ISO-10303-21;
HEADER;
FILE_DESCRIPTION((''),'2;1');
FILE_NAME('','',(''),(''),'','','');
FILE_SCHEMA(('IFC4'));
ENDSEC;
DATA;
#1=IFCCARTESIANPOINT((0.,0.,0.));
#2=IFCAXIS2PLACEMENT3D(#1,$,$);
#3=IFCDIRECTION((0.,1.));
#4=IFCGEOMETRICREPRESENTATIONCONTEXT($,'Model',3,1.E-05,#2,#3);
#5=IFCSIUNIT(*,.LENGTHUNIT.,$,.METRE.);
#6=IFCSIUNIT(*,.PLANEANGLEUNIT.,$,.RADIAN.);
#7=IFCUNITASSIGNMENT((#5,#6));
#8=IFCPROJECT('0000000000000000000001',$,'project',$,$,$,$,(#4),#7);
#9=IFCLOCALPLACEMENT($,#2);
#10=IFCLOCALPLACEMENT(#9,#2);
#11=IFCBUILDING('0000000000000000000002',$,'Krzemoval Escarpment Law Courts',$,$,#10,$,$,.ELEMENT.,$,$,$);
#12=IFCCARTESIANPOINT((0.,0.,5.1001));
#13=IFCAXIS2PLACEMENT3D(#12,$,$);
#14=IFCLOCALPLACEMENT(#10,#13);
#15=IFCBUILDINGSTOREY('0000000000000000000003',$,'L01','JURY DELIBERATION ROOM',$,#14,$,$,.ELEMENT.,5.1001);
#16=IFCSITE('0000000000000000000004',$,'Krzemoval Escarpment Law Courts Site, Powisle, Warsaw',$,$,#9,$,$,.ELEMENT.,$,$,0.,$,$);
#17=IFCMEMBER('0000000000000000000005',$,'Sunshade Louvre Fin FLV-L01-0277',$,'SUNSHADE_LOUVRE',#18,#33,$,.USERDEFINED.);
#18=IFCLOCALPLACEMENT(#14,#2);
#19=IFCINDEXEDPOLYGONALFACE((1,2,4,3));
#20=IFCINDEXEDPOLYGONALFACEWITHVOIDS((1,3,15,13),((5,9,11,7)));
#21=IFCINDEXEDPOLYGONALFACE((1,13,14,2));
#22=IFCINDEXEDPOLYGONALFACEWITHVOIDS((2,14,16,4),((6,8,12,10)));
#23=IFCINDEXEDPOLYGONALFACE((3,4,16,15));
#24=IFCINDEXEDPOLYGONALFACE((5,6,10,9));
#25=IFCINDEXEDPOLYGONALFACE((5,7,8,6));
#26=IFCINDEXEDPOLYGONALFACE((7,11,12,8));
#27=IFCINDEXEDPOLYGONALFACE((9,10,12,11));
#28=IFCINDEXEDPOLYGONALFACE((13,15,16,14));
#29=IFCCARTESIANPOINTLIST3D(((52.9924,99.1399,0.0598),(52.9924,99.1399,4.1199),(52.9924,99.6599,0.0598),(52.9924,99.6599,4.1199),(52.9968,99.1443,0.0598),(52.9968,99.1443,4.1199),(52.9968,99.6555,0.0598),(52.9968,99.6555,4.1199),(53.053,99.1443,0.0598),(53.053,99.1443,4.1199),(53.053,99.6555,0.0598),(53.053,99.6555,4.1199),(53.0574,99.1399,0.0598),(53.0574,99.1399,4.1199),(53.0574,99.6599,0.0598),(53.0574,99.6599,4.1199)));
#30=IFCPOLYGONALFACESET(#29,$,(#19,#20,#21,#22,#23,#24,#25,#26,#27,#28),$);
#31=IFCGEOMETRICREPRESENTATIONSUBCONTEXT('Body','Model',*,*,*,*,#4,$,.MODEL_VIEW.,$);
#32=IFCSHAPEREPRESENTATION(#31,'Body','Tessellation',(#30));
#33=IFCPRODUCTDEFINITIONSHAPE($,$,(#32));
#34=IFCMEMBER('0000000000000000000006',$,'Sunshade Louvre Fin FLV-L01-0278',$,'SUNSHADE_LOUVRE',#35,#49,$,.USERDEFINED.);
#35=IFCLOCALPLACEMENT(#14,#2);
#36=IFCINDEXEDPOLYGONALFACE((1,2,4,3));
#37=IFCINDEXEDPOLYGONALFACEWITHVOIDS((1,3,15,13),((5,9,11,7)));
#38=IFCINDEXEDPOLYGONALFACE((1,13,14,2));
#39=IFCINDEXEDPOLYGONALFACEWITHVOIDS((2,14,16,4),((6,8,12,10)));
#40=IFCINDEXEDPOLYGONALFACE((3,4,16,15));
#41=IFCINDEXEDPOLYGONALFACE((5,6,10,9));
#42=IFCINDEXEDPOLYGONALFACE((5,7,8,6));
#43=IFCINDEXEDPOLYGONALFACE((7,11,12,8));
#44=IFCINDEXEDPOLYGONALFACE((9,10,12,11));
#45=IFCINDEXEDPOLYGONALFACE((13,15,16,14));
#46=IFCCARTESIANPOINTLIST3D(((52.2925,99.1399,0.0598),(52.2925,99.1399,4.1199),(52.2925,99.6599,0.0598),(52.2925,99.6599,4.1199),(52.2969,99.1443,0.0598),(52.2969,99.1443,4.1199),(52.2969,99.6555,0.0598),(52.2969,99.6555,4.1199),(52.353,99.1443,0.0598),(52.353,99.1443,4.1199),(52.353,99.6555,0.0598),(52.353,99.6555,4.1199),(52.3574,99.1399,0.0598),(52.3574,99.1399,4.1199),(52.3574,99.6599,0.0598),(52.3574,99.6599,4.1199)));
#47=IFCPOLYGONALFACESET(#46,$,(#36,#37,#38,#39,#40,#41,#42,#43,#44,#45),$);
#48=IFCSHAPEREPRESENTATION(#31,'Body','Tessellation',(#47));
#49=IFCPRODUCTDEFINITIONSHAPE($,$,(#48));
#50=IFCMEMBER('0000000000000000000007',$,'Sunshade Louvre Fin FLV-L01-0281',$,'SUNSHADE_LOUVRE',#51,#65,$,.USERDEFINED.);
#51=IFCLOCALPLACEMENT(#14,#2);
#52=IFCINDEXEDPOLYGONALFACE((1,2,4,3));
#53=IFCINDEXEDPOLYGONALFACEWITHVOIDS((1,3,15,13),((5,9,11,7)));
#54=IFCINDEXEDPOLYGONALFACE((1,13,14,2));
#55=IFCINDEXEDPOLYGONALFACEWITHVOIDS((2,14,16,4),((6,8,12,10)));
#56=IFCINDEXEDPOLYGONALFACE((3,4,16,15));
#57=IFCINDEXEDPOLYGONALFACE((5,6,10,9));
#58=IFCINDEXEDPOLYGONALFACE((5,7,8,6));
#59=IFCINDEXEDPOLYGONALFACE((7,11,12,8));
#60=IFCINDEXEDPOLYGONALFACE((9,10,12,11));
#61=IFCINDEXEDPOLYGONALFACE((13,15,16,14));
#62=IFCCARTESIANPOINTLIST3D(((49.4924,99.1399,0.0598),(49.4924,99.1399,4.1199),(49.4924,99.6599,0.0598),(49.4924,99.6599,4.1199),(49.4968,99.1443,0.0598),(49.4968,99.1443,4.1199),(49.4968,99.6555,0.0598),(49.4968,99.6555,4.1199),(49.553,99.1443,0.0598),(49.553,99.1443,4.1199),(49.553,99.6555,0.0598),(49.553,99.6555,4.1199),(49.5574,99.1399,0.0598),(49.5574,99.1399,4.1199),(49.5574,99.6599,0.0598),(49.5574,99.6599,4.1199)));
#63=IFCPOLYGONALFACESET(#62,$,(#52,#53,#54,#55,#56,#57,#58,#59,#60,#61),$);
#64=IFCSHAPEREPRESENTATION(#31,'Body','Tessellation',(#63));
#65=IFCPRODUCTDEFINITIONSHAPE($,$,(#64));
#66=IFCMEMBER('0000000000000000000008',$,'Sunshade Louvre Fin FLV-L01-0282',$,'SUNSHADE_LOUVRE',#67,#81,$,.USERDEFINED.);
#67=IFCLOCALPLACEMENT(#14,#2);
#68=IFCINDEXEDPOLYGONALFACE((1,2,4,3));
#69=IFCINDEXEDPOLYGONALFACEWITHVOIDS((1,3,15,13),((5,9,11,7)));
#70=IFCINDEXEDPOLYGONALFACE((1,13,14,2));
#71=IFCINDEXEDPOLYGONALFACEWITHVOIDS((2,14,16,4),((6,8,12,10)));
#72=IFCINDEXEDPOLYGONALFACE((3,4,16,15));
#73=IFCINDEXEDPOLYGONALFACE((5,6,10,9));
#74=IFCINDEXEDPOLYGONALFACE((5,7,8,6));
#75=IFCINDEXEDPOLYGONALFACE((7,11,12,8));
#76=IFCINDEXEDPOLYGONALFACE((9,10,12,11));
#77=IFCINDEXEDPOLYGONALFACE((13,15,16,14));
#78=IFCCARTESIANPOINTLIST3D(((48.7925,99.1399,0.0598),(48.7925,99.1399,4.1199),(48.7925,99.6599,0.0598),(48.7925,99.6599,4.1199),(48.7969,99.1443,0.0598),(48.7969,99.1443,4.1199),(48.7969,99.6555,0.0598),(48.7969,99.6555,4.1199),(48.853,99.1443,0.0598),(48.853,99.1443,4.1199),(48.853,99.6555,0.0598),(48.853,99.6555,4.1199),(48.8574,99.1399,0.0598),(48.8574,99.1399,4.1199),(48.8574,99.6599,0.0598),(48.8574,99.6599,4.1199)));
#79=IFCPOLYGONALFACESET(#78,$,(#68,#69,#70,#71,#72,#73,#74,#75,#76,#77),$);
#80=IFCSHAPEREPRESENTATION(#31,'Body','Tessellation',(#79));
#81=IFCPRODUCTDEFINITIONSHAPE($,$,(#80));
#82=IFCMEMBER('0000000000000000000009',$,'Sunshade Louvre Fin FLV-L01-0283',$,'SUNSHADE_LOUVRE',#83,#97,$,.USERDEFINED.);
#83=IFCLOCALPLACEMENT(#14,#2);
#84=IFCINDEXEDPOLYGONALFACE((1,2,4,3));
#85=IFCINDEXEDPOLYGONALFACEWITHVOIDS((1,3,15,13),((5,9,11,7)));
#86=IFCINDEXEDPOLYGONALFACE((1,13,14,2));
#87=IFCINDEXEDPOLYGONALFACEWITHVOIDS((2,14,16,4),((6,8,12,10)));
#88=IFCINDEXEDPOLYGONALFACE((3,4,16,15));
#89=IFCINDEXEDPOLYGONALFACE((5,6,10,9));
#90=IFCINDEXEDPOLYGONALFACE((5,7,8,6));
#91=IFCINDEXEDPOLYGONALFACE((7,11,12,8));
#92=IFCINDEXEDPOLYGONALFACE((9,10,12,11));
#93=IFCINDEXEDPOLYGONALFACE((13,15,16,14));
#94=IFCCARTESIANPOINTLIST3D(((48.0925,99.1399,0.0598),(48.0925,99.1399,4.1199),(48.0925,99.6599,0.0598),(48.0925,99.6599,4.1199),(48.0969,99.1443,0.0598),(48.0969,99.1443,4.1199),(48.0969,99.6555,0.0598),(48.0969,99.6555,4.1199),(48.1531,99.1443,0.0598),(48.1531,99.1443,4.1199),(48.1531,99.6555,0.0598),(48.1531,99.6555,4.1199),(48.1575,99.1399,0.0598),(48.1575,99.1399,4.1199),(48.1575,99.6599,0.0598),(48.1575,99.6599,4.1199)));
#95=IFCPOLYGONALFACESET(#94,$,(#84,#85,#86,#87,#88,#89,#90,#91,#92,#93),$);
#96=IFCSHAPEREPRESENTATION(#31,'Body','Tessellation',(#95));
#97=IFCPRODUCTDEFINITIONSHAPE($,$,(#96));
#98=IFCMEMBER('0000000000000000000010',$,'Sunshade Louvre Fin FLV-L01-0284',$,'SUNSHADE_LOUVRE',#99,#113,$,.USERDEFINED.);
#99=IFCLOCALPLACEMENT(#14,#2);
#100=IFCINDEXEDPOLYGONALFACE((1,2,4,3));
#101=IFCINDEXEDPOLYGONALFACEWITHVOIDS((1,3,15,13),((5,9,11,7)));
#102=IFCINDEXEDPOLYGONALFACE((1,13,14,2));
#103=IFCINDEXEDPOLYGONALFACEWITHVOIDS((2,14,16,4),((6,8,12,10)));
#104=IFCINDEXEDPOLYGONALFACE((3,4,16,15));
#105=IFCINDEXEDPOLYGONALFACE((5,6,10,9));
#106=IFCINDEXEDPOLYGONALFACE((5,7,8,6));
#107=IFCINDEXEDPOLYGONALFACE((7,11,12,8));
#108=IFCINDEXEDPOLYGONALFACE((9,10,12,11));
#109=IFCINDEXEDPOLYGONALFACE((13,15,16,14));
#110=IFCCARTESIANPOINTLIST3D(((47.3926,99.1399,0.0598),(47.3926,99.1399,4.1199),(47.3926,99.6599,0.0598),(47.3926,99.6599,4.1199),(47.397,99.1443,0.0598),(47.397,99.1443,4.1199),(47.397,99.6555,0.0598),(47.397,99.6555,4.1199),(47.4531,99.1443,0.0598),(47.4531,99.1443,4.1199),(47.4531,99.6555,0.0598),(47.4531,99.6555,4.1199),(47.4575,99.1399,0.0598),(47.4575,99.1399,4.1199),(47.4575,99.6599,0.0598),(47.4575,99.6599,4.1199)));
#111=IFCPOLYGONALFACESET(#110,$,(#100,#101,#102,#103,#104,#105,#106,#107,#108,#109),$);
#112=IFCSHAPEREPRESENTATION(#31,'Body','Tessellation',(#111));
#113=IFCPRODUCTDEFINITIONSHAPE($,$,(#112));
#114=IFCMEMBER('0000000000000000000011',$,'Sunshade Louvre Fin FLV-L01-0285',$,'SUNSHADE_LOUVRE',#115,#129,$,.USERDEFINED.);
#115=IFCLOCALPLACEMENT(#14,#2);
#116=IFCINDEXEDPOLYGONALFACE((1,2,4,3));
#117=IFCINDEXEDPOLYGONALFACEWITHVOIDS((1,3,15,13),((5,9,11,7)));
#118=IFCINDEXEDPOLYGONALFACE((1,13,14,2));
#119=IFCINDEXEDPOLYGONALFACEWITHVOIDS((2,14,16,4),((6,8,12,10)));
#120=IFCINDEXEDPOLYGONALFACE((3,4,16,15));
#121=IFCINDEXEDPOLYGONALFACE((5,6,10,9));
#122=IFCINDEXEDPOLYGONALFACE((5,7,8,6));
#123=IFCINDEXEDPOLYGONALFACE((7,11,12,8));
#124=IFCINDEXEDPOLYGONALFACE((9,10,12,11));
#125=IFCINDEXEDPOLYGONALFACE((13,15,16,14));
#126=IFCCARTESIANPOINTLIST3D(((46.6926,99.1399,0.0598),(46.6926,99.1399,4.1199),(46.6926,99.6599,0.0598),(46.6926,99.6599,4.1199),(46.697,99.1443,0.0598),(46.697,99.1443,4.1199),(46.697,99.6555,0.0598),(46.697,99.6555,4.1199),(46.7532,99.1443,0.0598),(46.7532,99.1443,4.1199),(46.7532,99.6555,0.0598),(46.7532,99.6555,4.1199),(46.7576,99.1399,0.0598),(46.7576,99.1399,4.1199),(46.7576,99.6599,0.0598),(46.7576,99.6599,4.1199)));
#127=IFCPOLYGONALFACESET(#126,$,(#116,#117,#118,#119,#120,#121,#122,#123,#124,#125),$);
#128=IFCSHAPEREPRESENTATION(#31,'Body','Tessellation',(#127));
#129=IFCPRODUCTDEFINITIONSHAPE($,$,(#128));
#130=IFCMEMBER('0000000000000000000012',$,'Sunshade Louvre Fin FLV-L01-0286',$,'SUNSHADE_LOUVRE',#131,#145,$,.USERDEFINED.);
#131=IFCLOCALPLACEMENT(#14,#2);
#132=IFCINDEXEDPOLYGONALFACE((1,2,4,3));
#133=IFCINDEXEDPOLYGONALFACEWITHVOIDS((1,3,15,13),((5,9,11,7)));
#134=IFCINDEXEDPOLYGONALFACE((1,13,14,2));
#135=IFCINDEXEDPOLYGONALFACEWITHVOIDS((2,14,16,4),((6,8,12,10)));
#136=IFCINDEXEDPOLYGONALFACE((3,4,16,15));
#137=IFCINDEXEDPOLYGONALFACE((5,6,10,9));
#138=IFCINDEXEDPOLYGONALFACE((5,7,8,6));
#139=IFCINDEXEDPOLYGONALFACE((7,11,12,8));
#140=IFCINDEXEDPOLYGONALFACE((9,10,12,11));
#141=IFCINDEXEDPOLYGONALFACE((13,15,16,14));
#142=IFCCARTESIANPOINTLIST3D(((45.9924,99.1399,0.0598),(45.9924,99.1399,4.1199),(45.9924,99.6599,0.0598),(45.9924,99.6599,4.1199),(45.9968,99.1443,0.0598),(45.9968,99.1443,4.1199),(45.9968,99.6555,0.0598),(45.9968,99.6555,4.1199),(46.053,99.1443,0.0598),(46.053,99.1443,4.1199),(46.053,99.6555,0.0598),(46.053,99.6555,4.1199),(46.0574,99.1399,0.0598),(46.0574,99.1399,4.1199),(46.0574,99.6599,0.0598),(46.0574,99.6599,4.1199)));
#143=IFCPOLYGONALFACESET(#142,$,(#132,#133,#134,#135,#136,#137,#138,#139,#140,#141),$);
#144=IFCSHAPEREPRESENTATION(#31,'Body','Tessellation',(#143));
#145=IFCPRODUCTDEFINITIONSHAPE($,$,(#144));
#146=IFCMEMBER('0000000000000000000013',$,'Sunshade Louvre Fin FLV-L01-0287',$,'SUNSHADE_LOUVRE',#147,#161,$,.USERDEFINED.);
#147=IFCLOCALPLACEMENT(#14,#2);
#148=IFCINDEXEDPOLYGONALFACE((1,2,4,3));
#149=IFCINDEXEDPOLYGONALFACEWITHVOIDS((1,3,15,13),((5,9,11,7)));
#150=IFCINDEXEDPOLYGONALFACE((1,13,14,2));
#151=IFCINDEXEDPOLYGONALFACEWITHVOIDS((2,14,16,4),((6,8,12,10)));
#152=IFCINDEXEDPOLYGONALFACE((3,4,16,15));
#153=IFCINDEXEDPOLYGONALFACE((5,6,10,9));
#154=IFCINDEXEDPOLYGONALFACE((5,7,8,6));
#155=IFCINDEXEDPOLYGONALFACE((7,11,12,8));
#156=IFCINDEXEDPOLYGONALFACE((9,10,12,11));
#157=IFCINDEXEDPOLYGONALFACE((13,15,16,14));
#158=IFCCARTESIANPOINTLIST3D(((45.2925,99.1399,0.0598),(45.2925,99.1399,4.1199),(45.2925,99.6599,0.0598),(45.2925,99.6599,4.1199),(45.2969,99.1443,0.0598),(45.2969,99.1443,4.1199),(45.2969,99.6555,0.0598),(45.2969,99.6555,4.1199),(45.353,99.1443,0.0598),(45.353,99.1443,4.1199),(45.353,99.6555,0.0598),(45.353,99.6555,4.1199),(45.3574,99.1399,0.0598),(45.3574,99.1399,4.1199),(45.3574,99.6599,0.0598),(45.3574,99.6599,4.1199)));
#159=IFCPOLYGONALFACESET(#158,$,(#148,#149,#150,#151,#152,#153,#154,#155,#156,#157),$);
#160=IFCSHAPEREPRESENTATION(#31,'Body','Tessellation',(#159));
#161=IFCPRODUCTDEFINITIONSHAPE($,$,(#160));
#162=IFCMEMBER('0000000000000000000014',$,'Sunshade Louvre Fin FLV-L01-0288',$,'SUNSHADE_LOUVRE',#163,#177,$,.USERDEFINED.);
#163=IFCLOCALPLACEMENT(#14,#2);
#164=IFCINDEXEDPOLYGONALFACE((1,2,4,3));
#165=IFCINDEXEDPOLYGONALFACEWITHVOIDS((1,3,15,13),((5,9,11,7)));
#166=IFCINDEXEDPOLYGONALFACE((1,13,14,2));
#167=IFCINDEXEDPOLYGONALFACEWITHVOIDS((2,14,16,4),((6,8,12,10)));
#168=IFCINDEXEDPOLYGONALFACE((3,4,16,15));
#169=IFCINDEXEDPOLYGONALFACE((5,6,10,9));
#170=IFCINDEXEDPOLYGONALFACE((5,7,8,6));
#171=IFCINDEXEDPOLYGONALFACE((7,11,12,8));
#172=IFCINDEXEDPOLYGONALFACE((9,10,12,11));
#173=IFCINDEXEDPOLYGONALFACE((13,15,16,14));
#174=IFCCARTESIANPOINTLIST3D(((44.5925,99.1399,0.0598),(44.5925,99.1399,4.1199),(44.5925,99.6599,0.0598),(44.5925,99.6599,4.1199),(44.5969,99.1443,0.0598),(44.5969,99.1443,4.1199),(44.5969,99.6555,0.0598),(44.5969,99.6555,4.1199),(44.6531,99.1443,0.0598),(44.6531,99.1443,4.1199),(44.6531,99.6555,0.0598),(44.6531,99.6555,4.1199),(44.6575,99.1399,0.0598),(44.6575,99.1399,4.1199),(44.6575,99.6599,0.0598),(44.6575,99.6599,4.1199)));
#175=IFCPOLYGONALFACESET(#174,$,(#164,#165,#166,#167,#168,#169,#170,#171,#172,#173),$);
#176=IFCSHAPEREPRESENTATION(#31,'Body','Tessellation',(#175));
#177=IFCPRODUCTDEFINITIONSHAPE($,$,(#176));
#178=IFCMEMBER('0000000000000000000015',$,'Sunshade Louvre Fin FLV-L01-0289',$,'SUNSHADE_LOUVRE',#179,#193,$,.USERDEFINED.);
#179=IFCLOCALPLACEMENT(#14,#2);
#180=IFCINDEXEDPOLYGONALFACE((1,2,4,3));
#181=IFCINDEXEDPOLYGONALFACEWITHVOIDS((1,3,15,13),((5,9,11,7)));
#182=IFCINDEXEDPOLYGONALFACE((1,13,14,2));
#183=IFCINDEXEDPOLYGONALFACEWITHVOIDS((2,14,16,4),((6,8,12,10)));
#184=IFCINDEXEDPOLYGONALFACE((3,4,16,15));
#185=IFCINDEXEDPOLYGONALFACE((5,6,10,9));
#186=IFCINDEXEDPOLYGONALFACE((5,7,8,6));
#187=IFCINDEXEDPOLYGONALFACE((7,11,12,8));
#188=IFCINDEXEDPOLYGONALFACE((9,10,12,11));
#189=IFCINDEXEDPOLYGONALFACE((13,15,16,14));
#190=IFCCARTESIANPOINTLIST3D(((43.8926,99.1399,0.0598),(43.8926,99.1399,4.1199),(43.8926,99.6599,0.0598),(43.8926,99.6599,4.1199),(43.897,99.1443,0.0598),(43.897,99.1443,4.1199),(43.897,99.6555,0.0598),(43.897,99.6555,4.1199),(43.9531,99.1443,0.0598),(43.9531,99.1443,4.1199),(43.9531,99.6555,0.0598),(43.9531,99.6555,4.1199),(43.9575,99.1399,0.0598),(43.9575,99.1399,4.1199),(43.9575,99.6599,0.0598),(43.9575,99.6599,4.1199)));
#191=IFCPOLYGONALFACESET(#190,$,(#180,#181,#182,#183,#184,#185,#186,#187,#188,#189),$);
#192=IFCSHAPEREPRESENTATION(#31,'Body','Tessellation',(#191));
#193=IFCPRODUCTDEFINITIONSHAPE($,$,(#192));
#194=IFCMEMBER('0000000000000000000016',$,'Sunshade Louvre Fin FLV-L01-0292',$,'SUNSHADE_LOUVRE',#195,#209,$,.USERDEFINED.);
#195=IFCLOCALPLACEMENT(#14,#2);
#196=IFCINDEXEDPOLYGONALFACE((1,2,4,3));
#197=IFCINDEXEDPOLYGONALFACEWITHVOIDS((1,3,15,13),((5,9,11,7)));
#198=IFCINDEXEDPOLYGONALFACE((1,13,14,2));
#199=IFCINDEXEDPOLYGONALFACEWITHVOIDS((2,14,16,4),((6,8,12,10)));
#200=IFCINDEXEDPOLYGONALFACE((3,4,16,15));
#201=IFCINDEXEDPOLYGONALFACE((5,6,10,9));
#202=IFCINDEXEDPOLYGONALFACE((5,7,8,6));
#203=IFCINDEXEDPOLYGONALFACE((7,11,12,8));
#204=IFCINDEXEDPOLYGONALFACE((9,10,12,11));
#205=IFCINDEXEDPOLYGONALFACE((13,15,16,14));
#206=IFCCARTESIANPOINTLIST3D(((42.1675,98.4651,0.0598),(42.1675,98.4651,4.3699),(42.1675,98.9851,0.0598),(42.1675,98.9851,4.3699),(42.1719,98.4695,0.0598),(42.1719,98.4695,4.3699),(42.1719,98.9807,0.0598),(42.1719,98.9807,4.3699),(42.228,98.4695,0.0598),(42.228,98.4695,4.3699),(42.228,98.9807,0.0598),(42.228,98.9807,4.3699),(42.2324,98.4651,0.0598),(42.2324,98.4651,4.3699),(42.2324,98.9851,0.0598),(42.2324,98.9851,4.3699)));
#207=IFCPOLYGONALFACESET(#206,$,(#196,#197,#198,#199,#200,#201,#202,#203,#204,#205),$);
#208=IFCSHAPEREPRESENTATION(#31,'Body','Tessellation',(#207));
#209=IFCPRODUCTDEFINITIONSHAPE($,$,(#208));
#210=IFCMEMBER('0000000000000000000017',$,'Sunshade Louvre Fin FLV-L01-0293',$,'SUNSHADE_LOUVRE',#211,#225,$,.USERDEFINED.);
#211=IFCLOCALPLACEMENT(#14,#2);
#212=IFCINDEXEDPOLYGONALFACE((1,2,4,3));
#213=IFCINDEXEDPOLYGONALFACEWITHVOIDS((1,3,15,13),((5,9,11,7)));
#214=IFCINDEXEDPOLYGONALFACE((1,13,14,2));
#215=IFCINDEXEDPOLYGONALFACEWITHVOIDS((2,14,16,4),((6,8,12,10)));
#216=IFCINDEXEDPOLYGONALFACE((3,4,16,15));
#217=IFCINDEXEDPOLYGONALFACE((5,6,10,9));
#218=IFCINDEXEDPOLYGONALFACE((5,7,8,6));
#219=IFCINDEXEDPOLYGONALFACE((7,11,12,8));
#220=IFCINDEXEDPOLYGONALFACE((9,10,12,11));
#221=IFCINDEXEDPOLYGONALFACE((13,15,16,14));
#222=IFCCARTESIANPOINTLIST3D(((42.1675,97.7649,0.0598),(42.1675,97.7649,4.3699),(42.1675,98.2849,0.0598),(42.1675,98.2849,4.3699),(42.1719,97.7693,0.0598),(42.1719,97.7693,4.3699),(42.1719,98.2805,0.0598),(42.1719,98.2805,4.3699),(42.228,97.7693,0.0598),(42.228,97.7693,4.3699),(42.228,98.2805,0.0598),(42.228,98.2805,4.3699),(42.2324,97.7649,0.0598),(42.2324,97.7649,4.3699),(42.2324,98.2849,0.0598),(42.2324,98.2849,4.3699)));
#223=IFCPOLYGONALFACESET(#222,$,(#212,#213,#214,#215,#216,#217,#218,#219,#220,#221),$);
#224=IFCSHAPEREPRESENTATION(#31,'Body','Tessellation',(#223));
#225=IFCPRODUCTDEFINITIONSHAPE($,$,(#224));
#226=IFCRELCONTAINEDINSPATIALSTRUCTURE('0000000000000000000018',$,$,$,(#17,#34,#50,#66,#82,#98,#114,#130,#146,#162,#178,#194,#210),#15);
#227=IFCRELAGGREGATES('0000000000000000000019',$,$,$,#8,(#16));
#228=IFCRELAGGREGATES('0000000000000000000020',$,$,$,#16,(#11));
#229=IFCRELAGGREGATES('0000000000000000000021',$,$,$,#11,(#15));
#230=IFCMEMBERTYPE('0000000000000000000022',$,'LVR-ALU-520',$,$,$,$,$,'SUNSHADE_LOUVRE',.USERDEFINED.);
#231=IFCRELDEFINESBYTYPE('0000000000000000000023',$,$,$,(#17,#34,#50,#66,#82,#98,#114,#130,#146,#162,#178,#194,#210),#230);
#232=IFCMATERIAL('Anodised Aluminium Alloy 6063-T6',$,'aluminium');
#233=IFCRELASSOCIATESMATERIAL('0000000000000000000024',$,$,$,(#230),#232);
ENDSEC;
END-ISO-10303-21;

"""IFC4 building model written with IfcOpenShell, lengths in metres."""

from ifc_helpers import new_model, si_unit, direction, frame, origin, origin_2d, place, context, subcontext, project, spatial, hollow_rectangle, extrude, material, material_profile, profile_set, type_object, element, save


model = new_model("IFC4")

# Units and contexts
model_context = context("Model", 3, precision=1e-05, world=origin(), true_north=direction((0.0, 1.0)))
body_context = subcontext(model_context, "Body", "Model", "MODEL_VIEW")
ifc_project = project(units=[si_unit("LENGTHUNIT", "METRE"), si_unit("PLANEANGLEUNIT", "RADIAN")], contexts=[model_context])

# Site, building, storey
site_placement = place(None, origin())
site = spatial("IfcSite", under=ifc_project, at=site_placement, Name="Krzemoval Escarpment Law Courts Site, Powisle, Warsaw", CompositionType="ELEMENT", RefElevation=0.0)
building_placement = place(site_placement, origin())
building = spatial("IfcBuilding", under=site, at=building_placement, Name="Krzemoval Escarpment Law Courts", CompositionType="ELEMENT")
storey_placement = place(building_placement, frame((0.0, 0.0, 5.1001)))
storey = spatial("IfcBuildingStorey", under=building, at=storey_placement, Name="L01", Description="JURY DELIBERATION ROOM", CompositionType="ELEMENT", Elevation=5.1001)

# Members
ifc_material = material(Name="Anodised Aluminium Alloy 6063-T6", Category="aluminium")
ifc_material_profile = material_profile(ifc_material, hollow_rectangle(XDim=0.0649, YDim=0.52, WallThickness=0.0044, at=origin_2d()), Name="ALU LVR 65x520")
ifc_profile_set = profile_set([ifc_material_profile], Name="Anodised Aluminium Alloy 6063-T6")
member_type = type_object("IfcMemberType", Name="LVR-ALU-520", ElementType="SUNSHADE_LOUVRE", PredefinedType="USERDEFINED", material=ifc_profile_set)
for number, where, z_axis, x_axis, name in (
    (1, (53.0249, 99.3999, 0.0598), (0.0, 0.0, 1.0), (1.0, 0.0, 0.0), "Sunshade Louvre Fin FLV-L01-0277"),
    (2, (52.325, 99.3999, 0.0598), (0.0, 0.0, 1.0), (1.0, 0.0, 0.0), "Sunshade Louvre Fin FLV-L01-0278"),
    (3, (49.5249, 99.3999, 0.0598), (0.0, 0.0, 1.0), (1.0, 0.0, 0.0), "Sunshade Louvre Fin FLV-L01-0281"),
    (4, (48.825, 99.3999, 0.0598), (0.0, 0.0, 1.0), (1.0, 0.0, 0.0), "Sunshade Louvre Fin FLV-L01-0282"),
    (5, (48.125, 99.3999, 0.0598), (0.0, 0.0, 1.0), (1.0, 0.0, 0.0), "Sunshade Louvre Fin FLV-L01-0283"),
    (6, (47.425, 99.3999, 0.0598), (0.0, 0.0, 1.0), (1.0, 0.0, 0.0), "Sunshade Louvre Fin FLV-L01-0284"),
    (7, (46.7251, 99.3999, 0.0598), (0.0, 0.0, 1.0), (1.0, 0.0, 0.0), "Sunshade Louvre Fin FLV-L01-0285"),
    (8, (46.0249, 99.3999, 0.0598), (0.0, 0.0, 1.0), (1.0, 0.0, 0.0), "Sunshade Louvre Fin FLV-L01-0286"),
    (9, (45.325, 99.3999, 0.0598), (0.0, 0.0, 1.0), (1.0, 0.0, 0.0), "Sunshade Louvre Fin FLV-L01-0287"),
    (10, (44.625, 99.3999, 0.0598), (0.0, 0.0, 1.0), (1.0, 0.0, 0.0), "Sunshade Louvre Fin FLV-L01-0288"),
    (11, (43.925, 99.3999, 0.0598), (0.0, 0.0, 1.0), (1.0, 0.0, 0.0), "Sunshade Louvre Fin FLV-L01-0289"),
):
    element("IfcMember", number, at=place(storey_placement, frame(where, z_axis=z_axis, x_axis=x_axis)), inside=storey, type_object=member_type, Name=name, ObjectType="SUNSHADE_LOUVRE", PredefinedType="USERDEFINED", context=body_context, shape_type="SweptSolid", body=[
        extrude(hollow_rectangle(XDim=0.0649, YDim=0.52, WallThickness=0.0044, at=origin_2d()), origin(), (0.0, 0.0, 1.0), 4.0601),
    ])
for number, where, z_axis, x_axis, name in (
    (12, (42.2, 98.7251, 0.0598), (0.0, 0.0, 1.0), (1.0, 0.0, 0.0), "Sunshade Louvre Fin FLV-L01-0292"),
    (13, (42.2, 98.0249, 0.0598), (0.0, 0.0, 1.0), (1.0, 0.0, 0.0), "Sunshade Louvre Fin FLV-L01-0293"),
):
    element("IfcMember", number, at=place(storey_placement, frame(where, z_axis=z_axis, x_axis=x_axis)), inside=storey, type_object=member_type, Name=name, ObjectType="SUNSHADE_LOUVRE", PredefinedType="USERDEFINED", context=body_context, shape_type="SweptSolid", body=[
        extrude(hollow_rectangle(XDim=0.0649, YDim=0.52, WallThickness=0.0044, at=origin_2d()), origin(), (0.0, 0.0, 1.0), 4.3101),
    ])

save(model, "model.ifc")
